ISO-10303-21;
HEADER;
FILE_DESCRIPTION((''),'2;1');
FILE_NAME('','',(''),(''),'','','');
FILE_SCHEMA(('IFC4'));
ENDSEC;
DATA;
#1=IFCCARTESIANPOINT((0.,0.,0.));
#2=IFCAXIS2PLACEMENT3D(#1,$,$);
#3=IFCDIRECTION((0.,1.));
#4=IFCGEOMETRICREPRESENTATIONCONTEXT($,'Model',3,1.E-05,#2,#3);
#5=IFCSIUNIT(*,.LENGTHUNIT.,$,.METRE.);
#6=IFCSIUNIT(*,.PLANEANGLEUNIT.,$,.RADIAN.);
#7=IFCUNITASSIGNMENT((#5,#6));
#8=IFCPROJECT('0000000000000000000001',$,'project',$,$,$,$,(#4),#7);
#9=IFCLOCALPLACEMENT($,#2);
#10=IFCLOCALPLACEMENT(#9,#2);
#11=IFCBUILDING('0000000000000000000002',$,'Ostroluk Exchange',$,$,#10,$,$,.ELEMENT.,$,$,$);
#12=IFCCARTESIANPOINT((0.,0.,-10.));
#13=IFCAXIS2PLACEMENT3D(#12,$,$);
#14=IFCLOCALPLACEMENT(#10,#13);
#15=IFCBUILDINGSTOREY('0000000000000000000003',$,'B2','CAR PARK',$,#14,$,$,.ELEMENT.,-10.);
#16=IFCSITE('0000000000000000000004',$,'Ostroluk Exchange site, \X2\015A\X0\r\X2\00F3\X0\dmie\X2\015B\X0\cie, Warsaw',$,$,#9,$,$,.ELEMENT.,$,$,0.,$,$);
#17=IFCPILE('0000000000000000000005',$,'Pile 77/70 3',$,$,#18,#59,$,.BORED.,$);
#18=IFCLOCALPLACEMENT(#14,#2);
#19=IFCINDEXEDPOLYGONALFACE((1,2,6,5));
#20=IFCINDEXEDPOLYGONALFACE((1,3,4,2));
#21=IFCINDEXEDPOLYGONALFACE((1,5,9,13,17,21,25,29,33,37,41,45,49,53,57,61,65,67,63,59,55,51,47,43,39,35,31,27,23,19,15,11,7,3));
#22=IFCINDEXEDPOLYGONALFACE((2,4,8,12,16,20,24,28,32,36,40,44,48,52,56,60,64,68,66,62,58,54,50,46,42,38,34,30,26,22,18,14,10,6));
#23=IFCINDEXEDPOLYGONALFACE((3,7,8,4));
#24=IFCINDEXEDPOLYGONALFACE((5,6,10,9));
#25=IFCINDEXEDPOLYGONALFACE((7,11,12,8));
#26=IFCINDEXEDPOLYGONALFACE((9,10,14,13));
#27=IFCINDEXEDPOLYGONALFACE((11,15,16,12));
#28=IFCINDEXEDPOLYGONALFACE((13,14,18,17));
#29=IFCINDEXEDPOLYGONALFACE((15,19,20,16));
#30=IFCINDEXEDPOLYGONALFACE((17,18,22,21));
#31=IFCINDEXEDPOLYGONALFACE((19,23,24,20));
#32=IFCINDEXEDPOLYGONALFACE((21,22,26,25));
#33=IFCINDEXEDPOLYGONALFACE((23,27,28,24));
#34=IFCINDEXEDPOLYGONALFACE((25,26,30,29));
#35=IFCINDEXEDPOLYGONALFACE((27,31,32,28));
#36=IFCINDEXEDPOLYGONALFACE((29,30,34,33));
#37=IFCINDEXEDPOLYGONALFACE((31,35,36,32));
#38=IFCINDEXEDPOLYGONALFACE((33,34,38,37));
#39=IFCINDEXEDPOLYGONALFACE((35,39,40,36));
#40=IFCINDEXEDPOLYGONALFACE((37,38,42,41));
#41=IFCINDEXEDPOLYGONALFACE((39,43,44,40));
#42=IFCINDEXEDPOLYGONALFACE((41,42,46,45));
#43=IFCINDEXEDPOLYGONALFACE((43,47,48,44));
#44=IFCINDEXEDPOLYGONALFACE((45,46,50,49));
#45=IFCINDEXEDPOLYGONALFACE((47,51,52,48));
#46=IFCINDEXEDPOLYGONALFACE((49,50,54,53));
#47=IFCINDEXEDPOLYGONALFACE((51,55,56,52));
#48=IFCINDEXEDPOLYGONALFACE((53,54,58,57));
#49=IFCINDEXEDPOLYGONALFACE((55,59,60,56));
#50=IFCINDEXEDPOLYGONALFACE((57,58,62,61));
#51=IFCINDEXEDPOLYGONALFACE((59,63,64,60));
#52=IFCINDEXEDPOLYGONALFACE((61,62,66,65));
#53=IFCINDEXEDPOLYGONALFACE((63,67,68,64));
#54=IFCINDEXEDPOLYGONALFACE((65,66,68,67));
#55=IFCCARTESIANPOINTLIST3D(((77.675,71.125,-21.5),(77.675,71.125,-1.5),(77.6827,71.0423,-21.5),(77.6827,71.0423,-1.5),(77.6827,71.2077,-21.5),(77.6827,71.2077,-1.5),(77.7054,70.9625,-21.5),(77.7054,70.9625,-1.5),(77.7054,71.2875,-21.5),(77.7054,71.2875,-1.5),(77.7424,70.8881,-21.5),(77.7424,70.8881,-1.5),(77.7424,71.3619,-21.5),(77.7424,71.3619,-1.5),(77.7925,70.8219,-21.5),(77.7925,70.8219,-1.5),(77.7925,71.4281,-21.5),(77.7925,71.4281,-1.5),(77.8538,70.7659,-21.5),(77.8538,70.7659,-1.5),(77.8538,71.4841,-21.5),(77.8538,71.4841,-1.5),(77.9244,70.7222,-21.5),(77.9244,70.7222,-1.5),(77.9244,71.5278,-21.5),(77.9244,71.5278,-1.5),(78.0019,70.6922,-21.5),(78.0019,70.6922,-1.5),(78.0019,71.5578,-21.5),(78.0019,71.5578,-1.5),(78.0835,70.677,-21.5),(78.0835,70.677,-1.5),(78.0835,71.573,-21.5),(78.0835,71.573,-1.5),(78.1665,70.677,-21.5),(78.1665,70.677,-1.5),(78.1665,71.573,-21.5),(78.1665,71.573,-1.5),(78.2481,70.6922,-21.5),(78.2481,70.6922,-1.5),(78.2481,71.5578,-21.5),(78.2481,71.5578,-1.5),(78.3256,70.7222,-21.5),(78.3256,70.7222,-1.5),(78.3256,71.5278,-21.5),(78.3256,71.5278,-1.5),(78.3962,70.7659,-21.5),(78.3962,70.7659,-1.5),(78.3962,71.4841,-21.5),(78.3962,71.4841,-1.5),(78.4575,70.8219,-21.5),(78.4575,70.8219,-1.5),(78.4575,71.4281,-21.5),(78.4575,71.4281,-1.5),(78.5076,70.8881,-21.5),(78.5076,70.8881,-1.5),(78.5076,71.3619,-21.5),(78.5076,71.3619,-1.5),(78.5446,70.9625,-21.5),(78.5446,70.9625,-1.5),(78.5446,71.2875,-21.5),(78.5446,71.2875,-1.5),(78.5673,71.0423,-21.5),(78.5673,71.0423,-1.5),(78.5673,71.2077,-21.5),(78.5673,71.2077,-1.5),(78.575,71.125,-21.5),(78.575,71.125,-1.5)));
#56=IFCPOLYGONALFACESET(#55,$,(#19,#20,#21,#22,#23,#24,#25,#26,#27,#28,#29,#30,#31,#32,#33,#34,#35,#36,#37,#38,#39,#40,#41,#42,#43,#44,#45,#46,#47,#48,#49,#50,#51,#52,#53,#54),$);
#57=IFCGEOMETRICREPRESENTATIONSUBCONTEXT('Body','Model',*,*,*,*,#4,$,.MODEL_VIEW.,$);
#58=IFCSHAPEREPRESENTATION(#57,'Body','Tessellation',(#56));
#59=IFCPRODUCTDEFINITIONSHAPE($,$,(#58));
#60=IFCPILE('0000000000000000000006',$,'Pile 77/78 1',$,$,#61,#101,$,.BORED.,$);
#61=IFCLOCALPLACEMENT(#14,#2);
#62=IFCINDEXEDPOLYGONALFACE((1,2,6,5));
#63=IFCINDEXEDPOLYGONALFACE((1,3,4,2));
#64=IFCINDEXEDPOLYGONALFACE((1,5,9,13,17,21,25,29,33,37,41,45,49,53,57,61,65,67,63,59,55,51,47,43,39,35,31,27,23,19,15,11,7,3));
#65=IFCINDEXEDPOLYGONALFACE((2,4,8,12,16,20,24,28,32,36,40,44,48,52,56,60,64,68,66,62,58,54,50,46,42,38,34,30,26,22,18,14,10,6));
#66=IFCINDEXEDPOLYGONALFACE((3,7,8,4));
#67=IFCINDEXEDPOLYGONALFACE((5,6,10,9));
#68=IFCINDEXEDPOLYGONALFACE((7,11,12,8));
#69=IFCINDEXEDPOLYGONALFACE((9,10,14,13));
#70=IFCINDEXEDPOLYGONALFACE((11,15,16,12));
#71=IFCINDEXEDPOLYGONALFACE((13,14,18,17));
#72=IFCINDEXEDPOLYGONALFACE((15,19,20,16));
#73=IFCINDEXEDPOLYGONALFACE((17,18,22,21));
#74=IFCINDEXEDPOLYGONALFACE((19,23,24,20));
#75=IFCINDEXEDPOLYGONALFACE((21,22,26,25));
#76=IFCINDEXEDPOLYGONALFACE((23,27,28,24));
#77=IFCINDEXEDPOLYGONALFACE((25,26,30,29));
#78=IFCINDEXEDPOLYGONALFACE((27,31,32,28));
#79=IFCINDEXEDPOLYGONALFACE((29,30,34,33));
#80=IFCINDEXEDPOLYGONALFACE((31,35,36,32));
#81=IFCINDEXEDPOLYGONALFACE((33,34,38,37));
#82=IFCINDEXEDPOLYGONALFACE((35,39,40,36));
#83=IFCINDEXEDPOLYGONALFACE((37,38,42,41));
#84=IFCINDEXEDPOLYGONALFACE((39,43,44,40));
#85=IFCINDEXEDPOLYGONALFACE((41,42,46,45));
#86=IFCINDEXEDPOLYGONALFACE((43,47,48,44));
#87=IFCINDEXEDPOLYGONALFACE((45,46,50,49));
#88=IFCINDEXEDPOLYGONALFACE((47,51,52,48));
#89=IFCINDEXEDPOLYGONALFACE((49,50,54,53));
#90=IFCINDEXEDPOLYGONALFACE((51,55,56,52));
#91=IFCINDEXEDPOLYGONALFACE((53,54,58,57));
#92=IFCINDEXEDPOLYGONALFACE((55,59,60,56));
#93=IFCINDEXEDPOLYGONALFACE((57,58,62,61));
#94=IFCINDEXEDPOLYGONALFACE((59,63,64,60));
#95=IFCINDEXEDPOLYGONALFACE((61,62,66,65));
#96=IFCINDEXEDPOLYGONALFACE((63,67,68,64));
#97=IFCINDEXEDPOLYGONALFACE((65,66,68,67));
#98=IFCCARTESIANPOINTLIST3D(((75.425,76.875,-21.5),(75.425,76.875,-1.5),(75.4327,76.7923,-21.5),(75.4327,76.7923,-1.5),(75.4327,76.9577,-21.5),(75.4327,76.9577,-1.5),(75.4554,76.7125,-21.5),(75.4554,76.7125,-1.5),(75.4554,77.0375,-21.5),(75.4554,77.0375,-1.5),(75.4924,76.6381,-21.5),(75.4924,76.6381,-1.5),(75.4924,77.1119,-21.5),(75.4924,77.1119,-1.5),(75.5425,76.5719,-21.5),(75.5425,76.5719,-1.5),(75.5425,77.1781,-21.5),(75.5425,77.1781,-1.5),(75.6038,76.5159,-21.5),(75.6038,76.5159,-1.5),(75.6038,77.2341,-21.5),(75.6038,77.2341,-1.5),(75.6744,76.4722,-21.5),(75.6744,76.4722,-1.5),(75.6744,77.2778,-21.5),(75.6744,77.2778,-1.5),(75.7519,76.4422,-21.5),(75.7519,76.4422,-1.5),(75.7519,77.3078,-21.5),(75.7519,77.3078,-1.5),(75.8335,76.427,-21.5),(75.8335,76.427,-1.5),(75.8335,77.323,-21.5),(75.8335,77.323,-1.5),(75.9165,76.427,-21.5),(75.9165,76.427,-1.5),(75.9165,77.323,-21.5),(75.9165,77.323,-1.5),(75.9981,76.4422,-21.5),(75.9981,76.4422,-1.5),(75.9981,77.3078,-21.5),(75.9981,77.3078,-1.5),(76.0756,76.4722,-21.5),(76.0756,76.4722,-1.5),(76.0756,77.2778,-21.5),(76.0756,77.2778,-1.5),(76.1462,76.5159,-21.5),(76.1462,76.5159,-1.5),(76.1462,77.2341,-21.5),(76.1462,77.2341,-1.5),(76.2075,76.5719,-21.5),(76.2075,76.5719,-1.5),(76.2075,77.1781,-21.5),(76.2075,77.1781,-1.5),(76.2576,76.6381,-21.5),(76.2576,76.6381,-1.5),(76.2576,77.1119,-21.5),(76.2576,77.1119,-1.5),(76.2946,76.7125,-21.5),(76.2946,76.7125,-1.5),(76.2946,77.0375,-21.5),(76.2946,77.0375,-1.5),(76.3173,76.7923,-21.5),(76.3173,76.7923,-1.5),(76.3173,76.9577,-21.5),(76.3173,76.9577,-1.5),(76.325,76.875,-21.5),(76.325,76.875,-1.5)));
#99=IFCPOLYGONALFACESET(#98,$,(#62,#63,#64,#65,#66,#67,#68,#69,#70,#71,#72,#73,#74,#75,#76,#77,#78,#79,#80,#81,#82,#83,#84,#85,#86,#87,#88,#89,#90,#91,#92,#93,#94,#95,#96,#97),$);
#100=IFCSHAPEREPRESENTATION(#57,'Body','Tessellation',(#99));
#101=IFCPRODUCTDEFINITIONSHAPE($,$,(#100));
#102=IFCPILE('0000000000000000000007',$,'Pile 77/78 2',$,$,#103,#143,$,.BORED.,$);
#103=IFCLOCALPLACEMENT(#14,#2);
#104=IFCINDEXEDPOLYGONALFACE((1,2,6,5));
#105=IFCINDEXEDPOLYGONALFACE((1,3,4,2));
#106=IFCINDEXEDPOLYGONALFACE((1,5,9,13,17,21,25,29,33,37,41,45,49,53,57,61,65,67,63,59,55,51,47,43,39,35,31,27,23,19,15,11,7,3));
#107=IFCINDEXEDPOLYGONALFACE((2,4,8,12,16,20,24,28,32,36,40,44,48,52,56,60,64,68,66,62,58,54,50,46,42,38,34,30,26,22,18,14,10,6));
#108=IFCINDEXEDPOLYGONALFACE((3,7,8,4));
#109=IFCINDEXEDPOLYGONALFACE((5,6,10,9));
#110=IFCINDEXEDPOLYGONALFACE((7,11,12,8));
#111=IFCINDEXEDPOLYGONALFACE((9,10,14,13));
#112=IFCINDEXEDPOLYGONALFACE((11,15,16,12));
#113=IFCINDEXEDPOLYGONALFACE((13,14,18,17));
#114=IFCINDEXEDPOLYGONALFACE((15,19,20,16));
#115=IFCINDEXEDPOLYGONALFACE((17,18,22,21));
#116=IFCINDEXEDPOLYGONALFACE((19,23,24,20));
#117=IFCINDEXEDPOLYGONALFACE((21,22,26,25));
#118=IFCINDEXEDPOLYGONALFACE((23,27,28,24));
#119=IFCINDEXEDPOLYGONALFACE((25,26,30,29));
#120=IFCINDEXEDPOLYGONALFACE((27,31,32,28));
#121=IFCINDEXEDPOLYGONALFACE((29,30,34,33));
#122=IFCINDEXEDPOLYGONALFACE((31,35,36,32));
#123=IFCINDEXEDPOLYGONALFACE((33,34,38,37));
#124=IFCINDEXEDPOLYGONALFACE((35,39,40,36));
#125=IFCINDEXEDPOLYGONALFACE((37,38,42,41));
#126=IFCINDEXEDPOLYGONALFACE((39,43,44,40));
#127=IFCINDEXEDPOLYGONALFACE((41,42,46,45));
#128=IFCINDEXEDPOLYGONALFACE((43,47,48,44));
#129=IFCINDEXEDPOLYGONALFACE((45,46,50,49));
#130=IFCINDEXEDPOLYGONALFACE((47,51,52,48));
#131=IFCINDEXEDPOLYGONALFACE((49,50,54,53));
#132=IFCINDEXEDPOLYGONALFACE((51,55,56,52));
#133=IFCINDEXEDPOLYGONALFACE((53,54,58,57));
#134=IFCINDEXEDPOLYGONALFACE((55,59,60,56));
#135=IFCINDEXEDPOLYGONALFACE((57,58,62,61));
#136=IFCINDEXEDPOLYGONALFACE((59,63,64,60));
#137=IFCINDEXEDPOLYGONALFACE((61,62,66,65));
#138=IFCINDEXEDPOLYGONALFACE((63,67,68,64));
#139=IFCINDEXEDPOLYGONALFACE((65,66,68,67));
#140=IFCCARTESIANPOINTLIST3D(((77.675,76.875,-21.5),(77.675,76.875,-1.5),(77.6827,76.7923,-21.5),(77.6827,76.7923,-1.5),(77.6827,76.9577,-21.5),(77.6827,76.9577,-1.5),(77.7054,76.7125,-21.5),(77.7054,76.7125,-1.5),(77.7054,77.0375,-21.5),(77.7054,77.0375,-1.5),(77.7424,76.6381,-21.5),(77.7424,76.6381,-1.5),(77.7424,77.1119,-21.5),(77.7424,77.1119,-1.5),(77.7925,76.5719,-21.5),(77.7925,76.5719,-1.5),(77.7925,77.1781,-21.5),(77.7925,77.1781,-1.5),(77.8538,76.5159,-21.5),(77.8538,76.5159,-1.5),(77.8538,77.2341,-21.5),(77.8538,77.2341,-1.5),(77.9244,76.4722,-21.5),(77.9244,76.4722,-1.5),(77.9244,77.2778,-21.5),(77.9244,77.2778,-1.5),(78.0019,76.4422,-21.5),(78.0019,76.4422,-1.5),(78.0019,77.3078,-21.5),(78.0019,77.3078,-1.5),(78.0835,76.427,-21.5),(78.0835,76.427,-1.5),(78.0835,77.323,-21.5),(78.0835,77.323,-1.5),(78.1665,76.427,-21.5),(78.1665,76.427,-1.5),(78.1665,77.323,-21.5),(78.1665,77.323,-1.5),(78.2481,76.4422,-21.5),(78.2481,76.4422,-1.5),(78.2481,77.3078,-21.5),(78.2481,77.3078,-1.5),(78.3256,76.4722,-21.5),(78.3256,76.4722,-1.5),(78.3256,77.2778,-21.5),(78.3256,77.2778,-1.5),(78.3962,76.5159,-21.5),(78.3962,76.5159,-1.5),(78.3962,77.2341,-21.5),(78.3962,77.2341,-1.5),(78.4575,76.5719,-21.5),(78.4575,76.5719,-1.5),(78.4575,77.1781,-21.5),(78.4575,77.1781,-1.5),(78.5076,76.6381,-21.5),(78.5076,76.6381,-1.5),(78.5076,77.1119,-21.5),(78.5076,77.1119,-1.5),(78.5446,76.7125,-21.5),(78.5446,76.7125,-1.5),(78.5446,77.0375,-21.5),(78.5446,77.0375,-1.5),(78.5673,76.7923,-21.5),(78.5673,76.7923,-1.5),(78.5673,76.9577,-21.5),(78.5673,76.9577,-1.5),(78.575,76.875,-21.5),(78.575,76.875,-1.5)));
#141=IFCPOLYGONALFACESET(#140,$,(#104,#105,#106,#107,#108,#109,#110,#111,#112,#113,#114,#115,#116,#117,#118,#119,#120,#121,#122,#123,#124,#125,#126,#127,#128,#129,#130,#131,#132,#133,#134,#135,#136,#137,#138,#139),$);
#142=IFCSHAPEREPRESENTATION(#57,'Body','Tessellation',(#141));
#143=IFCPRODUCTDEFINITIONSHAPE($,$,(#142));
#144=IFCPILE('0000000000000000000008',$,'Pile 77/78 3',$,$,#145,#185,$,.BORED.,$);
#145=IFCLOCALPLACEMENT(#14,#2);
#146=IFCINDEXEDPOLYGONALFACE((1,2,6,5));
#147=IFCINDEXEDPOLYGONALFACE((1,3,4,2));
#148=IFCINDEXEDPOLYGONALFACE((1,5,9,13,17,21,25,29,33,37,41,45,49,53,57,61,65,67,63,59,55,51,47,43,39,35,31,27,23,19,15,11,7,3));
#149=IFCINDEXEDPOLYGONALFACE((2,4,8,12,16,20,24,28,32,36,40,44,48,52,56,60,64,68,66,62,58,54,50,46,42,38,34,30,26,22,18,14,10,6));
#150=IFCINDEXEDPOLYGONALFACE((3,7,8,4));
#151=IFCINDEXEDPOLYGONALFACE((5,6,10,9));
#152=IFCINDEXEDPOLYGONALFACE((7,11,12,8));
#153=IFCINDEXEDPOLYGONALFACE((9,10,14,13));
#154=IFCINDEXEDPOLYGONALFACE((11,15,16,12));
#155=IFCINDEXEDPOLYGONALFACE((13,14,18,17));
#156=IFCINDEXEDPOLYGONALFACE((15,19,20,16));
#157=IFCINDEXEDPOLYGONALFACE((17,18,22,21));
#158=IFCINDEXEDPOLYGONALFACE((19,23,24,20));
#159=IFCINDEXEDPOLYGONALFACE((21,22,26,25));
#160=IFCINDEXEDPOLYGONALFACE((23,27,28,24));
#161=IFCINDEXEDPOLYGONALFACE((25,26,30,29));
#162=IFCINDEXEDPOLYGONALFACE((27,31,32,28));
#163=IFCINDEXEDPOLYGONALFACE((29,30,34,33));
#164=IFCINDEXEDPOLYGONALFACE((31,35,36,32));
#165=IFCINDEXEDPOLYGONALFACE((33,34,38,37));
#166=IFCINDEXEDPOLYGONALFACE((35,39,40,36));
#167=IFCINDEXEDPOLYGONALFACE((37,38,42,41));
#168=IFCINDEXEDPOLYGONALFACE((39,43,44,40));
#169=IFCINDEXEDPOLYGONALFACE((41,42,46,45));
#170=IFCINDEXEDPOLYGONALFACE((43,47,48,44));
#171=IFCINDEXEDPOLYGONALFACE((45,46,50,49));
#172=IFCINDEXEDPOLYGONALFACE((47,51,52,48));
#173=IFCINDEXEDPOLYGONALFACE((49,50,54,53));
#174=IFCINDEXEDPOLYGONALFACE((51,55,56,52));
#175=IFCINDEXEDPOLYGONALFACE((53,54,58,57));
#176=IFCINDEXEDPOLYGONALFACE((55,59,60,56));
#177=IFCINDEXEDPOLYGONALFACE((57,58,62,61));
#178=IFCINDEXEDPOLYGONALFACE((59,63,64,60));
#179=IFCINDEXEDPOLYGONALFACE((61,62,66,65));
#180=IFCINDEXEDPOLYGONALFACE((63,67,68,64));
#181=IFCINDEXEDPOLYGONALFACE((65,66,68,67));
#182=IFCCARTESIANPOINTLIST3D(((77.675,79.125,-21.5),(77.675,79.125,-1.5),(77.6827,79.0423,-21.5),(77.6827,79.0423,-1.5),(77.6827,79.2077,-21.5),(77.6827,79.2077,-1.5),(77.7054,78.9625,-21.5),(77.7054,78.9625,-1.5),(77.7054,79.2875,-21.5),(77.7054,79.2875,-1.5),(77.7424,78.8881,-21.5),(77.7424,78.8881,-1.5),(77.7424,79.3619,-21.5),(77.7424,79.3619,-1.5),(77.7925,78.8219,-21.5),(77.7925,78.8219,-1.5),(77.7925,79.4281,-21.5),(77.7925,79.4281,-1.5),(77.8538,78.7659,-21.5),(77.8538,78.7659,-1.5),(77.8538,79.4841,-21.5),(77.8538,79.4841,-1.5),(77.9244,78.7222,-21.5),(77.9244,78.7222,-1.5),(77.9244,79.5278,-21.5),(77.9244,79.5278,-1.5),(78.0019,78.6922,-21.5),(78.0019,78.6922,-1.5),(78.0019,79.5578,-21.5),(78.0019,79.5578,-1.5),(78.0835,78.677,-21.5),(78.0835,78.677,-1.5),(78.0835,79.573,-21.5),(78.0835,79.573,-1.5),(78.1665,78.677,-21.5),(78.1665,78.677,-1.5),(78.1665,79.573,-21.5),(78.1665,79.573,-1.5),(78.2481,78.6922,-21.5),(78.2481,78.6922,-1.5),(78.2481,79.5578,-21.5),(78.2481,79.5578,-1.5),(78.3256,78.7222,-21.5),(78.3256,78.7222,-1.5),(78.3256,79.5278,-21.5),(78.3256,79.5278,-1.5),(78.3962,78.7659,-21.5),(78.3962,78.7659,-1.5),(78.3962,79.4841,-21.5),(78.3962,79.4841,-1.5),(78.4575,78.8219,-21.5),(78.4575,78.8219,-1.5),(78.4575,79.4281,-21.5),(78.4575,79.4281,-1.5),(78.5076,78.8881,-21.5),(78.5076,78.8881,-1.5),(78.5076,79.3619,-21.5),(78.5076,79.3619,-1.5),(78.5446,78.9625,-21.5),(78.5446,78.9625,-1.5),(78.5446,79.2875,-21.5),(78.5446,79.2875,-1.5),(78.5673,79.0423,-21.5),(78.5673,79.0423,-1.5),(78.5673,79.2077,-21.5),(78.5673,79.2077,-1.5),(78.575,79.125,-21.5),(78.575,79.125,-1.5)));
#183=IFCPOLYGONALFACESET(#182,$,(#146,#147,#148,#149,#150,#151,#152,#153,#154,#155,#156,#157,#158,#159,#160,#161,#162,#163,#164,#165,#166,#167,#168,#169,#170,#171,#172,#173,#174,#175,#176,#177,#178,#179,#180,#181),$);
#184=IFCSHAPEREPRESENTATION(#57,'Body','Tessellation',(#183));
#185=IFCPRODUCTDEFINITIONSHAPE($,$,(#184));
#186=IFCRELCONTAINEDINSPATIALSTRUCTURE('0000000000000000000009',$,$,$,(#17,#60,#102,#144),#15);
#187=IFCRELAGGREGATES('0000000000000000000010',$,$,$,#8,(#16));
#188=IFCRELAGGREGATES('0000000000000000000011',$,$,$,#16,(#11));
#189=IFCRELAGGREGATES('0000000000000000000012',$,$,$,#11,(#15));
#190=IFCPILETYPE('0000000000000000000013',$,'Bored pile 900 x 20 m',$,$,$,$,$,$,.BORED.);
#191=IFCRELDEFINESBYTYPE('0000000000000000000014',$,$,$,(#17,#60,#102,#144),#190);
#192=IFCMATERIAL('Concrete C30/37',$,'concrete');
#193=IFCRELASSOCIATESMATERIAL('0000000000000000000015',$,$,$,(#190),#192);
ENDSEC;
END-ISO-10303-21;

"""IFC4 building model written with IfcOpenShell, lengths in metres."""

from ifc_helpers import new_model, si_unit, direction, frame, origin, origin_2d, place, context, subcontext, project, spatial, circle, extrude, material, type_object, element, save


model = new_model("IFC4")

# Units and contexts
model_context = context("Model", 3, precision=1e-05, world=origin(), true_north=direction((0.0, 1.0)))
body_context = subcontext(model_context, "Body", "Model", "MODEL_VIEW")
ifc_project = project(units=[si_unit("LENGTHUNIT", "METRE"), si_unit("PLANEANGLEUNIT", "RADIAN")], contexts=[model_context])

# Site, building, storey
site_placement = place(None, origin())
site = spatial("IfcSite", under=ifc_project, at=site_placement, Name="Ostroluk Exchange site, Śródmieście, Warsaw", CompositionType="ELEMENT", RefElevation=0.0)
building_placement = place(site_placement, origin())
building = spatial("IfcBuilding", under=site, at=building_placement, Name="Ostroluk Exchange", CompositionType="ELEMENT")
storey_placement = place(building_placement, frame((0.0, 0.0, -10.0)))
storey = spatial("IfcBuildingStorey", under=building, at=storey_placement, Name="B2", Description="CAR PARK", CompositionType="ELEMENT", Elevation=-10.0)

# Piles
ifc_material_1 = material(Name="Concrete C30/37", Category="concrete")
pile_type = type_object("IfcPileType", Name="Bored pile 900 x 20 m", PredefinedType="BORED", material=ifc_material_1)
for number, where, z_axis, x_axis, name in (
    (1, (78.125, 71.125, -1.5), (0.0, 0.0, -1.0), (1.0, 0.0, 0.0), "Pile 77/70 3"),
    (2, (75.875, 76.875, -1.5), (0.0, 0.0, -1.0), (1.0, 0.0, 0.0), "Pile 77/78 1"),
    (3, (78.125, 76.875, -1.5), (0.0, 0.0, -1.0), (1.0, 0.0, 0.0), "Pile 77/78 2"),
    (4, (78.125, 79.125, -1.5), (0.0, 0.0, -1.0), (1.0, 0.0, 0.0), "Pile 77/78 3"),
):
    element("IfcPile", number, at=place(storey_placement, frame(where, z_axis=z_axis, x_axis=x_axis)), inside=storey, type_object=pile_type, Name=name, PredefinedType="BORED", context=body_context, shape_type="SweptSolid", body=[
        extrude(circle(Radius=0.45, at=origin_2d()), origin(), (0.0, 0.0, 1.0), 20.0),
    ])

save(model, "model.ifc")
